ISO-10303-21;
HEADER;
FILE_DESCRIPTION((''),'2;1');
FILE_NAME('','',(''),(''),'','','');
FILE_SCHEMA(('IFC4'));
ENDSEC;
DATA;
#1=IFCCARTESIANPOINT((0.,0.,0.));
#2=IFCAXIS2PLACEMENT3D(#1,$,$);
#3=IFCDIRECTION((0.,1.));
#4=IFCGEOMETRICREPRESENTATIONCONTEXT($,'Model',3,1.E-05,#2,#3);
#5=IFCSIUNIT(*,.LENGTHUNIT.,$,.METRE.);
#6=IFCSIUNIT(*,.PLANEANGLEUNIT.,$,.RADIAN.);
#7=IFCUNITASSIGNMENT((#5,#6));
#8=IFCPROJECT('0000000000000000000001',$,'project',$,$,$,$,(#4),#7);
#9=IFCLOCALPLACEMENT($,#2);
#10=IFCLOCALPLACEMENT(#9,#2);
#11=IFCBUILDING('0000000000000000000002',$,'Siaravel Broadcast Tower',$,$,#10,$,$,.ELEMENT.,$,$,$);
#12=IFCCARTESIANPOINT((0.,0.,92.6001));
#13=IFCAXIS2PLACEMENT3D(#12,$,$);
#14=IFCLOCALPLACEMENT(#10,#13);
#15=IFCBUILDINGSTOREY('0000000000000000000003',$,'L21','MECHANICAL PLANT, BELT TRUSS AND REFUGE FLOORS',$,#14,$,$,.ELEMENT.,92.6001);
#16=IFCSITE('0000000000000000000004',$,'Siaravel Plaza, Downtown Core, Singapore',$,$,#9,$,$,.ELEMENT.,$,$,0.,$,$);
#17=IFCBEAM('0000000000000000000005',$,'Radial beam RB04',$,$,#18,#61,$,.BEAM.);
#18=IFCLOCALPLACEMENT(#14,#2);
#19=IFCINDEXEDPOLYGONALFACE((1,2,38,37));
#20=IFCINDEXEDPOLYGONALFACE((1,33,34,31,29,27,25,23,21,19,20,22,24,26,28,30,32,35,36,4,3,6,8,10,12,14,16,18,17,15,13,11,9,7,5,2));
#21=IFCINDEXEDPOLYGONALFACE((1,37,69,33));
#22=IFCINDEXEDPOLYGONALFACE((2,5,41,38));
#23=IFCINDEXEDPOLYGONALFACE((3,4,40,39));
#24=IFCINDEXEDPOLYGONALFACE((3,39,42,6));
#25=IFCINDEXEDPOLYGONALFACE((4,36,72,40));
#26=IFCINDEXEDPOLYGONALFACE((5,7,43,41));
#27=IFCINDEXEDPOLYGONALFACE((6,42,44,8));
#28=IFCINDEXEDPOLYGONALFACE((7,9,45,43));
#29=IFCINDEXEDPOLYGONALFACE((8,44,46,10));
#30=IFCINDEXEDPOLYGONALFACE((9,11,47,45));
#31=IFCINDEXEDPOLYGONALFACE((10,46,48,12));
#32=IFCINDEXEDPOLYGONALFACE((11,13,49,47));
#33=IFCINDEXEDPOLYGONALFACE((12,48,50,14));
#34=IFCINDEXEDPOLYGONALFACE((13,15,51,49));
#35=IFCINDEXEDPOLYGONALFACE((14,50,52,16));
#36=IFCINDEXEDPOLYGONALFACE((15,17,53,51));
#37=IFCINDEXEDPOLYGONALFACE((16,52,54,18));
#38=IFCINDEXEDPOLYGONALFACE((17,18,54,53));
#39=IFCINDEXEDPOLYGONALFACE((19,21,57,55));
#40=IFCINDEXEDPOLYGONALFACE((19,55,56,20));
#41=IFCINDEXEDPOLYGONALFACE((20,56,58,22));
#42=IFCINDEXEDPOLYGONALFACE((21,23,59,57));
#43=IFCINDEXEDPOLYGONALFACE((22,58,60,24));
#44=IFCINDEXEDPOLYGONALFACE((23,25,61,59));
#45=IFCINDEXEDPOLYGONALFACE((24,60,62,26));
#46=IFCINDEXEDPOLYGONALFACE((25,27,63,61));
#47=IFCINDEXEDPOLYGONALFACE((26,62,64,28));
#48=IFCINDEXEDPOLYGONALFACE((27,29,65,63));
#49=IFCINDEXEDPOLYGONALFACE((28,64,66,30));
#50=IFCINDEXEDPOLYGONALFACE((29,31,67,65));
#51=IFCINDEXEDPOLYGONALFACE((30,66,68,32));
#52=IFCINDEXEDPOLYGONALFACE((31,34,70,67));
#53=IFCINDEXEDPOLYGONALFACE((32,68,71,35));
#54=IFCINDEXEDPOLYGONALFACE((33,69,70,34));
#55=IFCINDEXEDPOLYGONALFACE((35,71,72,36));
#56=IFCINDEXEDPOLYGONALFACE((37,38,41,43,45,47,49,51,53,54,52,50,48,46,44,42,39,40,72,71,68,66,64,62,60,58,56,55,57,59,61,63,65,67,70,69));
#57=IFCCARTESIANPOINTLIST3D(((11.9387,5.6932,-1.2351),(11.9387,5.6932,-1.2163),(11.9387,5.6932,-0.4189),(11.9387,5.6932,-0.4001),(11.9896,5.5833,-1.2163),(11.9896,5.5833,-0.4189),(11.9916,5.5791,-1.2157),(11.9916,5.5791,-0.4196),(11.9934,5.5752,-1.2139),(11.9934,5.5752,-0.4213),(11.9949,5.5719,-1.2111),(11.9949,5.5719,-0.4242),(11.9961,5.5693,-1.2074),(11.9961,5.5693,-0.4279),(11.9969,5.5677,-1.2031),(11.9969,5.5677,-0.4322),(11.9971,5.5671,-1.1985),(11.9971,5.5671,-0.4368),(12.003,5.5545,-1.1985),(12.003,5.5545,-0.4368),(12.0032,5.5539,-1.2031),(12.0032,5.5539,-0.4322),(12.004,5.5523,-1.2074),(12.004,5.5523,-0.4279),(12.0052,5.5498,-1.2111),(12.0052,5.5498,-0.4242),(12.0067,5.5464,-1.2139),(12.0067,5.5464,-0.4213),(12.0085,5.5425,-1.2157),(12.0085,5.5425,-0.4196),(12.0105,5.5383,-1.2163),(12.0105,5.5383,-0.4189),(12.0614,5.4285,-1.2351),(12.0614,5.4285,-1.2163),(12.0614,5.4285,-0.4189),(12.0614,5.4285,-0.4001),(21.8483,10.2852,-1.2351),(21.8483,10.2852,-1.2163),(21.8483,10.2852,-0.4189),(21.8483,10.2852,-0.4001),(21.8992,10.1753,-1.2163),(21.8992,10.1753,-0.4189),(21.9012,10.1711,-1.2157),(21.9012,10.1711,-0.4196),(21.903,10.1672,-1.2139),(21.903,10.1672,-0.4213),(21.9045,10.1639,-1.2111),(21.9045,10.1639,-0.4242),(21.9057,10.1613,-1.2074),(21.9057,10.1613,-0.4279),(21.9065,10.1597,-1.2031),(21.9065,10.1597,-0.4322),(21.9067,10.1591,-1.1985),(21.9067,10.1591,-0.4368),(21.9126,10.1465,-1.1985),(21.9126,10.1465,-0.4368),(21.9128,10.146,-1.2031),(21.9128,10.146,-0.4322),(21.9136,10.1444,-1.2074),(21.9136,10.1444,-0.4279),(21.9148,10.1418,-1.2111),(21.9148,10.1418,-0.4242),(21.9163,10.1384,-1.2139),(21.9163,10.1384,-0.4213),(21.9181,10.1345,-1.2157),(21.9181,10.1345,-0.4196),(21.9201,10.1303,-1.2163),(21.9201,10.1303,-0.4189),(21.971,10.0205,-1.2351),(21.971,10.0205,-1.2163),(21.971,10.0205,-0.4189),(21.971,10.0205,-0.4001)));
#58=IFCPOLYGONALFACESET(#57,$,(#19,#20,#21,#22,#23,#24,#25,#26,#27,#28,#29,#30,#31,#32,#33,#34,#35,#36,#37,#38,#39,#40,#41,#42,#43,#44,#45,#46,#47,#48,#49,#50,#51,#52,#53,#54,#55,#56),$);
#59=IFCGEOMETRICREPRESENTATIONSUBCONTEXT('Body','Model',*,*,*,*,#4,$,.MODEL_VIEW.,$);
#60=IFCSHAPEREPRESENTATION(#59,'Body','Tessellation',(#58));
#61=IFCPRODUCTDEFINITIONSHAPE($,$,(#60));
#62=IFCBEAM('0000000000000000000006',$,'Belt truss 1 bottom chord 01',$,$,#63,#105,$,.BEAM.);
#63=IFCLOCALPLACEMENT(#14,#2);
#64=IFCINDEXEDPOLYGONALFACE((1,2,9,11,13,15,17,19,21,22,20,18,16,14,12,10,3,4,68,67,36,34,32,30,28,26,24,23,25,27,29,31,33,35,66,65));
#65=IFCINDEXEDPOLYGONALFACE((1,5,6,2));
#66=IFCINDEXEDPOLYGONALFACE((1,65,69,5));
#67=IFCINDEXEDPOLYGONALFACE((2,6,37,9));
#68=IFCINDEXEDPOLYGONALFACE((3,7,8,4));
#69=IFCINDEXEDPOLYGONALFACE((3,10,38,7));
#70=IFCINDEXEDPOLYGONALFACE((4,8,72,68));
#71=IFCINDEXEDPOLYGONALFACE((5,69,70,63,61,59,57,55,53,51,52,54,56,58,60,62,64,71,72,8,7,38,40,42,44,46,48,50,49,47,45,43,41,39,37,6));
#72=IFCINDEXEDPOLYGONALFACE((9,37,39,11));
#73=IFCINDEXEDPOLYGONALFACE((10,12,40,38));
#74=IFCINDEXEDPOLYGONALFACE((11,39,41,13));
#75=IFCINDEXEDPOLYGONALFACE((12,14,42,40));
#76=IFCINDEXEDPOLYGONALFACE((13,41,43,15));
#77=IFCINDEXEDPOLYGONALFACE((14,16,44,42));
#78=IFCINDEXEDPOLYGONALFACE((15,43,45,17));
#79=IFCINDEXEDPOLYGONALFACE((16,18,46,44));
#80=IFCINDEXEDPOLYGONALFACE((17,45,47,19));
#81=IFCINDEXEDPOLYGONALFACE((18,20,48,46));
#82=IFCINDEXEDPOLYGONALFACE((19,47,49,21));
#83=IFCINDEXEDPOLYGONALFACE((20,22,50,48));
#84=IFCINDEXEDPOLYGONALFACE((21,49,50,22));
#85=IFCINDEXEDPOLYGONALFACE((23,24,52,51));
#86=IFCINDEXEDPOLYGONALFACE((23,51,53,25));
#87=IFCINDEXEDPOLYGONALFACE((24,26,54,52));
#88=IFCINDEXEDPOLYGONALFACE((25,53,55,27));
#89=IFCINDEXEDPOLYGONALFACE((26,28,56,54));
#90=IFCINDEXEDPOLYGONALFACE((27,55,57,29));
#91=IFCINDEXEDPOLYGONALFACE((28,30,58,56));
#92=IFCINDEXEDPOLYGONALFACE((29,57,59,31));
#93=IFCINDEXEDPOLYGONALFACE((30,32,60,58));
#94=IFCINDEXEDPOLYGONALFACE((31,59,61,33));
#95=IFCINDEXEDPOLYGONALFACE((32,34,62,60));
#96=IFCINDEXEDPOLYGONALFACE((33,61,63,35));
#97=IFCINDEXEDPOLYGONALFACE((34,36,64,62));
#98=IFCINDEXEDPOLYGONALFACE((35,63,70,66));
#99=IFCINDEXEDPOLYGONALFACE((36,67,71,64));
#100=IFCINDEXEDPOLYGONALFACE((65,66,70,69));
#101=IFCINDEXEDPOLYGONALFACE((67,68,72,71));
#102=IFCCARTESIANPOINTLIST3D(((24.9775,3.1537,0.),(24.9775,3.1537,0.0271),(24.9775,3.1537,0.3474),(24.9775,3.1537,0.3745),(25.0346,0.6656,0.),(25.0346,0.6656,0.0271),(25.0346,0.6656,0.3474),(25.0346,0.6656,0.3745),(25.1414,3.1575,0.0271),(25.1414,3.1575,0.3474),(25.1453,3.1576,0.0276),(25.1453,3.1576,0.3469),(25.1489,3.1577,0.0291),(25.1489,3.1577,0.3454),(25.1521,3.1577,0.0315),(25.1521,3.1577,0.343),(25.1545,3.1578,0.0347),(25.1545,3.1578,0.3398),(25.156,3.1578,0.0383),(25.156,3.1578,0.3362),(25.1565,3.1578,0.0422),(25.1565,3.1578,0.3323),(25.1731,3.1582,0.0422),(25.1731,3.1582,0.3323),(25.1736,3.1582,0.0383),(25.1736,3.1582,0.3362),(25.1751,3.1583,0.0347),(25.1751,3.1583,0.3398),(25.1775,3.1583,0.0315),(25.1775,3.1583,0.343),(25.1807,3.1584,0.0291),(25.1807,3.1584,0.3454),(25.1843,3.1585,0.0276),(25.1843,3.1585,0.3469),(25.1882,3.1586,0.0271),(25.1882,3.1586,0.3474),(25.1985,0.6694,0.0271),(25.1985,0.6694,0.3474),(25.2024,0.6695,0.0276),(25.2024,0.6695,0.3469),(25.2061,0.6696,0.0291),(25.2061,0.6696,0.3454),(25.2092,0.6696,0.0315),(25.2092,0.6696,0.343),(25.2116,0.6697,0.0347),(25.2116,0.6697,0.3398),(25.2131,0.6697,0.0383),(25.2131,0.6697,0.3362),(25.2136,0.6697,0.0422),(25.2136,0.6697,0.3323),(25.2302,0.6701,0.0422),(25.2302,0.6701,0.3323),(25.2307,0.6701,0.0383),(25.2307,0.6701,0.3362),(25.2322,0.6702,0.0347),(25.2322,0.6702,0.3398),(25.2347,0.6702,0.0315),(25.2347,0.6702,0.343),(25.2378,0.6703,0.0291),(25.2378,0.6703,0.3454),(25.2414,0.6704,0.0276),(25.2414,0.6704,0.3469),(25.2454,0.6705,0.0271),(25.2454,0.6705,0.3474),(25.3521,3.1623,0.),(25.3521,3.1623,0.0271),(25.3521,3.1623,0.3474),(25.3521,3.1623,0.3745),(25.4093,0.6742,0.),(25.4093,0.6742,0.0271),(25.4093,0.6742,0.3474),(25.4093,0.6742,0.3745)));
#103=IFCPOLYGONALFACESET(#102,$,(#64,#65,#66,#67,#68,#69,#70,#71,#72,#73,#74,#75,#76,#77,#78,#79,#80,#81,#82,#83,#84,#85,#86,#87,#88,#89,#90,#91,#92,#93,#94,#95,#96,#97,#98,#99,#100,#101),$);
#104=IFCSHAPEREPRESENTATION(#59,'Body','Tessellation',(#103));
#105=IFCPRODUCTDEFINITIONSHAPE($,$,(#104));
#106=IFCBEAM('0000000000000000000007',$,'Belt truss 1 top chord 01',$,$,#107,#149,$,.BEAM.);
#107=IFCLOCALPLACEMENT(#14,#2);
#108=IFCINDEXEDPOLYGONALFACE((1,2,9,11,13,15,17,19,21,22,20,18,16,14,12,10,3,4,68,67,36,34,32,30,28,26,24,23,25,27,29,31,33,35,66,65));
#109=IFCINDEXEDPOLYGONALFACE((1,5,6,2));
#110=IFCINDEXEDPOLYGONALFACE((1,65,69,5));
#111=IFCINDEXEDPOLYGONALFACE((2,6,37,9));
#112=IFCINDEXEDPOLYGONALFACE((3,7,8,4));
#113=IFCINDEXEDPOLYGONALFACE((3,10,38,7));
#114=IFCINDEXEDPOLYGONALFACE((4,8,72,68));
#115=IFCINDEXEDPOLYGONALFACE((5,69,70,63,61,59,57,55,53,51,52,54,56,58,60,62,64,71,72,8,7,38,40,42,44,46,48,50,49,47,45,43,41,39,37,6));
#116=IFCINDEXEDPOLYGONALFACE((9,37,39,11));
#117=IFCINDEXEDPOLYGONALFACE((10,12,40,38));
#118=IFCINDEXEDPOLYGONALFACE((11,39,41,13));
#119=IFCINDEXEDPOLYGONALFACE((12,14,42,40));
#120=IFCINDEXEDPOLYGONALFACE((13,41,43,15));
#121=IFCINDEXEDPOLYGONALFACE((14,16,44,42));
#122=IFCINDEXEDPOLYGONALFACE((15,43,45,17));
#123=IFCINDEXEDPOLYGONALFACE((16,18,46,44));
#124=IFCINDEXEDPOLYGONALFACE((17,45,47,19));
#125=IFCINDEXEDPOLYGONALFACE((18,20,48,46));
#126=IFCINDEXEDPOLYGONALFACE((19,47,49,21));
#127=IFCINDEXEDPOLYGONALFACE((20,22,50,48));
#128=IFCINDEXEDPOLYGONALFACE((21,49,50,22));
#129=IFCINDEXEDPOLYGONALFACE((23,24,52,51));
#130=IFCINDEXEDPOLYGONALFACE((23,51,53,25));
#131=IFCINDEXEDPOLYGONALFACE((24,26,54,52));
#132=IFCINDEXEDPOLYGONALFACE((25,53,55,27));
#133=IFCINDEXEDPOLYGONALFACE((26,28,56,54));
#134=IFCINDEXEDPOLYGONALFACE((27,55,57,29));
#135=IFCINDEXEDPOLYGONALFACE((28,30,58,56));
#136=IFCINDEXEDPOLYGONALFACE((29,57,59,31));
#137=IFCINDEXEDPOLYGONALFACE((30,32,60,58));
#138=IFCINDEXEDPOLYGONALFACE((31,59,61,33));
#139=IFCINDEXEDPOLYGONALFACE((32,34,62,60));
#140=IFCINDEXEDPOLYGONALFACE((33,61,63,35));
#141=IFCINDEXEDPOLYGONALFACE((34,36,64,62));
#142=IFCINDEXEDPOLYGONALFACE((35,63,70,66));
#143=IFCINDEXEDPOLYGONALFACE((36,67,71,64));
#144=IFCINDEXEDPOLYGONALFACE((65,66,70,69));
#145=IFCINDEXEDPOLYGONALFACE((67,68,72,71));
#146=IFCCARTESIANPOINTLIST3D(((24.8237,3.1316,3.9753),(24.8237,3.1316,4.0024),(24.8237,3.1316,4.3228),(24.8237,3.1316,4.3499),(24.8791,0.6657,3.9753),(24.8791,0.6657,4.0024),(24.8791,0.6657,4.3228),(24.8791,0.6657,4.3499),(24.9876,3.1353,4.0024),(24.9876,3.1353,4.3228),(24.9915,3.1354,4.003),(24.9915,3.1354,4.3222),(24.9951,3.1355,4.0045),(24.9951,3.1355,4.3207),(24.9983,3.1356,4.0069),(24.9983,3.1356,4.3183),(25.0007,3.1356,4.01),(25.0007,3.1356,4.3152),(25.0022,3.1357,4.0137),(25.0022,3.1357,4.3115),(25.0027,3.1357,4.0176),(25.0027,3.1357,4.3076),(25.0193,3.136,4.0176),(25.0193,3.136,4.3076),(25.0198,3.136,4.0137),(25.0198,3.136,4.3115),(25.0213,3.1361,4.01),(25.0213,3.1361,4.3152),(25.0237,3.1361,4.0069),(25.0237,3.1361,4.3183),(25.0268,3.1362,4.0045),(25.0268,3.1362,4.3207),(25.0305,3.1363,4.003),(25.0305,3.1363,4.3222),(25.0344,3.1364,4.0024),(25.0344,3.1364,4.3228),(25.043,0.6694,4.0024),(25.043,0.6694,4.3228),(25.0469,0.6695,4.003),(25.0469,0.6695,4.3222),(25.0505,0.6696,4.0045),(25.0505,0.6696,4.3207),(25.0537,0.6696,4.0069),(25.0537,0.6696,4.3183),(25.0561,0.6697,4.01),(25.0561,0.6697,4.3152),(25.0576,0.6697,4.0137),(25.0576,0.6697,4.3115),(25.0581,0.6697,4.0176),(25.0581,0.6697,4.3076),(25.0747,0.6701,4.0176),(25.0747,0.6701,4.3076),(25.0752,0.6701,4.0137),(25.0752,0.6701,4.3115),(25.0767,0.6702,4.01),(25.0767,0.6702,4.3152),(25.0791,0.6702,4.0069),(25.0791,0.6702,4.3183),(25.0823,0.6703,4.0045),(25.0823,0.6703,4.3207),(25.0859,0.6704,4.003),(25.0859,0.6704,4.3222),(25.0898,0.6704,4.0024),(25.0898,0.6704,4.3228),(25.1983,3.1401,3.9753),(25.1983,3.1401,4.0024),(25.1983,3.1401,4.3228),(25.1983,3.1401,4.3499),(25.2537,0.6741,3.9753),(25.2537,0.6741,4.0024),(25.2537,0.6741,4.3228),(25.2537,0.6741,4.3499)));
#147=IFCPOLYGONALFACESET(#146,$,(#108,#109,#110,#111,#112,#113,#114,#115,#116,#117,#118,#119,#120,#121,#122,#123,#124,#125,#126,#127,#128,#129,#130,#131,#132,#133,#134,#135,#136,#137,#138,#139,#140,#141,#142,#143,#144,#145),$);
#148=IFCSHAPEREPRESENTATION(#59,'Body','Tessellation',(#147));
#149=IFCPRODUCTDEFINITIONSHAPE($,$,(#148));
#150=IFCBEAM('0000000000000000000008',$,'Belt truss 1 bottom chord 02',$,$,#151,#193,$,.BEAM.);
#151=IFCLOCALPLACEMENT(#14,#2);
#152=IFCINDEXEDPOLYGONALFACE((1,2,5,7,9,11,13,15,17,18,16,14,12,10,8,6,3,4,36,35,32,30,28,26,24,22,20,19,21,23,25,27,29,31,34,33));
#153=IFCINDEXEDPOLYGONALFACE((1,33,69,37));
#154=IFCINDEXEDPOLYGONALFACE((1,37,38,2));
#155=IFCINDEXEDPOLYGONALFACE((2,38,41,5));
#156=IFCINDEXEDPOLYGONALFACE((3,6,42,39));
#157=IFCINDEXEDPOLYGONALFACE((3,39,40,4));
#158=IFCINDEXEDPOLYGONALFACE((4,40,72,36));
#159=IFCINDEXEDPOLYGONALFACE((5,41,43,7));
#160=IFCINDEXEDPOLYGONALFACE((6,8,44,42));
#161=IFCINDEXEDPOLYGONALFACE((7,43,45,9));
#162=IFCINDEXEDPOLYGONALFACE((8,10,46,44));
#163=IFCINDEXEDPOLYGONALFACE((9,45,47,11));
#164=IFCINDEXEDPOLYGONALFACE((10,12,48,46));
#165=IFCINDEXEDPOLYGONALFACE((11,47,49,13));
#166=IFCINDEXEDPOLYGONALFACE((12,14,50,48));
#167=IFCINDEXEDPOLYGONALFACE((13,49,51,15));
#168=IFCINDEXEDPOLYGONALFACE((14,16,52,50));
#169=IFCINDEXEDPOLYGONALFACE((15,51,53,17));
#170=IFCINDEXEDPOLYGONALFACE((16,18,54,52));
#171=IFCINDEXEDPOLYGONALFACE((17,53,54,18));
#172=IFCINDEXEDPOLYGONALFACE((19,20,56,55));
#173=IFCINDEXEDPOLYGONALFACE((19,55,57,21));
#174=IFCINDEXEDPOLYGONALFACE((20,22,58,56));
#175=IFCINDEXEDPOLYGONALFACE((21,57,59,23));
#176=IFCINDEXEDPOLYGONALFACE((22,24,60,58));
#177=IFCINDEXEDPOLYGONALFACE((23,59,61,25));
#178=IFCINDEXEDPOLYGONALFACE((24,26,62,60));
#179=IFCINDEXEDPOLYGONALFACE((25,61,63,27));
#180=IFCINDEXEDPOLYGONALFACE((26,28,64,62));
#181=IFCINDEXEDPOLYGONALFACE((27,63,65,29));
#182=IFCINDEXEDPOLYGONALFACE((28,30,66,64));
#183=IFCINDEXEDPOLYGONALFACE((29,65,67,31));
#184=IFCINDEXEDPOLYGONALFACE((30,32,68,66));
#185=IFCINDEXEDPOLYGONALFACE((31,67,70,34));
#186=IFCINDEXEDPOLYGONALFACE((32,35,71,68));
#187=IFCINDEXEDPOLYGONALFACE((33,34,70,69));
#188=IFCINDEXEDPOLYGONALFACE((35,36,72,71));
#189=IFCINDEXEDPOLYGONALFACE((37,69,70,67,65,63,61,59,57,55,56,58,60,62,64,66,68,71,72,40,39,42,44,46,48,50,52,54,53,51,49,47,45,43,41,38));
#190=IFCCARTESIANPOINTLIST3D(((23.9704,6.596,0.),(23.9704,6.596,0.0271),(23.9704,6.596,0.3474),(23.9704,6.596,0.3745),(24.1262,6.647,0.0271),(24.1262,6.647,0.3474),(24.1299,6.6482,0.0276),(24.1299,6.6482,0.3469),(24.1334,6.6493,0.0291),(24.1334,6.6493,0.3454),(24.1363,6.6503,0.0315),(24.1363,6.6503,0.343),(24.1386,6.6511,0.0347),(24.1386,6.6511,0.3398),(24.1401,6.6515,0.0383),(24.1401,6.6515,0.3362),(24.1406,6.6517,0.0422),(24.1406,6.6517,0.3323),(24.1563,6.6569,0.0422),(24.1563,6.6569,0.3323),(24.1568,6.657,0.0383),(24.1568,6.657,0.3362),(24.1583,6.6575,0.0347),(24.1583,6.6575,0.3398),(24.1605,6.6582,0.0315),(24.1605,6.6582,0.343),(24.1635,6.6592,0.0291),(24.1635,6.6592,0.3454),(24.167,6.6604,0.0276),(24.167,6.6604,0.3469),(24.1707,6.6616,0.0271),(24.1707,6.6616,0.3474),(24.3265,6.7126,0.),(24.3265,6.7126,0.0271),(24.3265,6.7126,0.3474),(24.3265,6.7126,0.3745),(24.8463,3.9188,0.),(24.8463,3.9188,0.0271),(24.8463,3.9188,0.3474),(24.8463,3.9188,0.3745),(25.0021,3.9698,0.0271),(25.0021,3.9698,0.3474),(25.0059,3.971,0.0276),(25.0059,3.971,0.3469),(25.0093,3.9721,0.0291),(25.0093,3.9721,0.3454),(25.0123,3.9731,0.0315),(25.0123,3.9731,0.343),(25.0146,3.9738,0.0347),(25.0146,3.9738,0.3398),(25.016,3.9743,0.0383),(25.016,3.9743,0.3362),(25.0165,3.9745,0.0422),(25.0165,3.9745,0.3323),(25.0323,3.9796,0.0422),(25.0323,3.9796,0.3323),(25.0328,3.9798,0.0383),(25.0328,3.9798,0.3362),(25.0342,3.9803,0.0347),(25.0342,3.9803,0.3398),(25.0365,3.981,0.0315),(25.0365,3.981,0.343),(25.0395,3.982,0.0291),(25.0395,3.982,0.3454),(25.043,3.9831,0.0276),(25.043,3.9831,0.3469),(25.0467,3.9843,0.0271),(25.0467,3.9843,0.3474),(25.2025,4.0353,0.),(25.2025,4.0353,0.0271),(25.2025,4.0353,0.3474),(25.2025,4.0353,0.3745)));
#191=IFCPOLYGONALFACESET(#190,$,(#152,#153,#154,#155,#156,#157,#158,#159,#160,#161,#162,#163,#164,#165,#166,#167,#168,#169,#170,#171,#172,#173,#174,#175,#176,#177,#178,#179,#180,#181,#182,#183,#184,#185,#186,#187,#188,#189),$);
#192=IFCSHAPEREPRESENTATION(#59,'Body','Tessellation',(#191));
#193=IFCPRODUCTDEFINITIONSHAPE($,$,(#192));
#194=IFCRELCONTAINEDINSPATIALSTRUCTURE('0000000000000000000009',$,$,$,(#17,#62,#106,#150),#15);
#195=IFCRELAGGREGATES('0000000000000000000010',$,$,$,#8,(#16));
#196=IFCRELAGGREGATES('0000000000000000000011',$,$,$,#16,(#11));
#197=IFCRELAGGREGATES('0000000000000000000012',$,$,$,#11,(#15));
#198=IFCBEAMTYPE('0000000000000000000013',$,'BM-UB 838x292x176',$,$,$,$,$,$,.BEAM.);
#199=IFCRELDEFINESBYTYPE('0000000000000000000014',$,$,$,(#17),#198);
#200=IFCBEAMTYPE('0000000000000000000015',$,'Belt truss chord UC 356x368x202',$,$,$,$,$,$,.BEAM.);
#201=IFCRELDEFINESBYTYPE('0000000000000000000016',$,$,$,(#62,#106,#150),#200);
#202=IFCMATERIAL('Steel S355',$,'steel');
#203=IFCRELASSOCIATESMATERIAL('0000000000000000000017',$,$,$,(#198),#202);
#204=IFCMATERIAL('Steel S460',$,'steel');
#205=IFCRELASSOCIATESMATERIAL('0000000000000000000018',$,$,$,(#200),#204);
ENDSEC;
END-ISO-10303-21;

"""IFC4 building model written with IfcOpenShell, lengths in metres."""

from ifc_helpers import new_model, si_unit, direction, frame, origin, origin_2d, place, context, subcontext, project, spatial, i_section, extrude, material, material_profile, profile_set, type_object, element, save


model = new_model("IFC4")

# Units and contexts
model_context = context("Model", 3, precision=1e-05, world=origin(), true_north=direction((0.0, 1.0)))
body_context = subcontext(model_context, "Body", "Model", "MODEL_VIEW")
ifc_project = project(units=[si_unit("LENGTHUNIT", "METRE"), si_unit("PLANEANGLEUNIT", "RADIAN")], contexts=[model_context])

# Site, building, storey
site_placement = place(None, origin())
site = spatial("IfcSite", under=ifc_project, at=site_placement, Name="Siaravel Plaza, Downtown Core, Singapore", CompositionType="ELEMENT", RefElevation=0.0)
building_placement = place(site_placement, origin())
building = spatial("IfcBuilding", under=site, at=building_placement, Name="Siaravel Broadcast Tower", CompositionType="ELEMENT")
storey_placement = place(building_placement, frame((0.0, 0.0, 92.6001)))
storey = spatial("IfcBuildingStorey", under=building, at=storey_placement, Name="L21", Description="MECHANICAL PLANT, BELT TRUSS AND REFUGE FLOORS", CompositionType="ELEMENT", Elevation=92.6001)

# Beams
ifc_material_1 = material(Name="Steel S355", Category="steel")
ifc_material_profile_1 = material_profile(ifc_material_1, i_section(OverallWidth=0.2917, OverallDepth=0.835, WebThickness=0.0139, FlangeThickness=0.0188, FilletRadius=0.0178, at=origin_2d()))
ifc_profile_set_1 = profile_set([ifc_material_profile_1], Name="Steel S355")
beam_type_1 = type_object("IfcBeamType", Name="BM-UB 838x292x176", PredefinedType="BEAM", material=ifc_profile_set_1)
beam_1_placement = place(storey_placement, frame((21.9097, 10.1528, -0.8176), z_axis=(-0.907319, -0.420443, 0.0), x_axis=(0.420443, -0.907319, 0.0)))
element("IfcBeam", 1, at=beam_1_placement, inside=storey, type_object=beam_type_1, Name="Radial beam RB04", PredefinedType="BEAM", context=body_context, shape_type="SweptSolid", body=[
    extrude(i_section(OverallWidth=0.2917, OverallDepth=0.835, WebThickness=0.0139, FlangeThickness=0.0188, FilletRadius=0.0178, at=origin_2d()), origin(), (0.0, 0.0, 1.0), 10.9219),
])
ifc_material_2 = material(Name="Steel S460", Category="steel")
ifc_material_profile_2 = material_profile(ifc_material_2, i_section(OverallWidth=0.3748, OverallDepth=0.3745, WebThickness=0.0166, FlangeThickness=0.0271, FilletRadius=0.0151, at=origin_2d()))
ifc_profile_set_2 = profile_set([ifc_material_profile_2], Name="Steel S460")
beam_type_2 = type_object("IfcBeamType", Name="Belt truss chord UC 356x368x202", PredefinedType="BEAM", material=ifc_profile_set_2)
beam_2_placement = place(storey_placement, frame((25.2219, 0.6699, 0.1873), z_axis=(-0.022955, 0.999736, 0.0), x_axis=(-0.999736, -0.022955, 0.0)))
element("IfcBeam", 2, at=beam_2_placement, inside=storey, type_object=beam_type_2, Name="Belt truss 1 bottom chord 01", PredefinedType="BEAM", context=body_context, shape_type="SweptSolid", body=[
    extrude(i_section(OverallWidth=0.3748, OverallDepth=0.3745, WebThickness=0.0166, FlangeThickness=0.0271, FilletRadius=0.0151, at=origin_2d()), origin(), (0.0, 0.0, 1.0), 2.4888),
])
beam_3_placement = place(storey_placement, frame((25.0664, 0.6699, 4.1626), z_axis=(-0.02247, 0.999748, 0.0), x_axis=(-0.999748, -0.02247, 0.0)))
element("IfcBeam", 3, at=beam_3_placement, inside=storey, type_object=beam_type_2, Name="Belt truss 1 top chord 01", PredefinedType="BEAM", context=body_context, shape_type="SweptSolid", body=[
    extrude(i_section(OverallWidth=0.3748, OverallDepth=0.3745, WebThickness=0.0166, FlangeThickness=0.0271, FilletRadius=0.0151, at=origin_2d()), origin(), (0.0, 0.0, 1.0), 2.4666),
])
beam_4_placement = place(storey_placement, frame((25.0244, 3.9771, 0.1873), z_axis=(-0.310971, 0.950419, 0.0), x_axis=(-0.950419, -0.310971, 0.0)))
element("IfcBeam", 4, at=beam_4_placement, inside=storey, type_object=beam_type_2, Name="Belt truss 1 bottom chord 02", PredefinedType="BEAM", context=body_context, shape_type="SweptSolid", body=[
    extrude(i_section(OverallWidth=0.3748, OverallDepth=0.3745, WebThickness=0.0166, FlangeThickness=0.0271, FilletRadius=0.0151, at=origin_2d()), origin(), (0.0, 0.0, 1.0), 2.8169),
])

save(model, "model.ifc")
